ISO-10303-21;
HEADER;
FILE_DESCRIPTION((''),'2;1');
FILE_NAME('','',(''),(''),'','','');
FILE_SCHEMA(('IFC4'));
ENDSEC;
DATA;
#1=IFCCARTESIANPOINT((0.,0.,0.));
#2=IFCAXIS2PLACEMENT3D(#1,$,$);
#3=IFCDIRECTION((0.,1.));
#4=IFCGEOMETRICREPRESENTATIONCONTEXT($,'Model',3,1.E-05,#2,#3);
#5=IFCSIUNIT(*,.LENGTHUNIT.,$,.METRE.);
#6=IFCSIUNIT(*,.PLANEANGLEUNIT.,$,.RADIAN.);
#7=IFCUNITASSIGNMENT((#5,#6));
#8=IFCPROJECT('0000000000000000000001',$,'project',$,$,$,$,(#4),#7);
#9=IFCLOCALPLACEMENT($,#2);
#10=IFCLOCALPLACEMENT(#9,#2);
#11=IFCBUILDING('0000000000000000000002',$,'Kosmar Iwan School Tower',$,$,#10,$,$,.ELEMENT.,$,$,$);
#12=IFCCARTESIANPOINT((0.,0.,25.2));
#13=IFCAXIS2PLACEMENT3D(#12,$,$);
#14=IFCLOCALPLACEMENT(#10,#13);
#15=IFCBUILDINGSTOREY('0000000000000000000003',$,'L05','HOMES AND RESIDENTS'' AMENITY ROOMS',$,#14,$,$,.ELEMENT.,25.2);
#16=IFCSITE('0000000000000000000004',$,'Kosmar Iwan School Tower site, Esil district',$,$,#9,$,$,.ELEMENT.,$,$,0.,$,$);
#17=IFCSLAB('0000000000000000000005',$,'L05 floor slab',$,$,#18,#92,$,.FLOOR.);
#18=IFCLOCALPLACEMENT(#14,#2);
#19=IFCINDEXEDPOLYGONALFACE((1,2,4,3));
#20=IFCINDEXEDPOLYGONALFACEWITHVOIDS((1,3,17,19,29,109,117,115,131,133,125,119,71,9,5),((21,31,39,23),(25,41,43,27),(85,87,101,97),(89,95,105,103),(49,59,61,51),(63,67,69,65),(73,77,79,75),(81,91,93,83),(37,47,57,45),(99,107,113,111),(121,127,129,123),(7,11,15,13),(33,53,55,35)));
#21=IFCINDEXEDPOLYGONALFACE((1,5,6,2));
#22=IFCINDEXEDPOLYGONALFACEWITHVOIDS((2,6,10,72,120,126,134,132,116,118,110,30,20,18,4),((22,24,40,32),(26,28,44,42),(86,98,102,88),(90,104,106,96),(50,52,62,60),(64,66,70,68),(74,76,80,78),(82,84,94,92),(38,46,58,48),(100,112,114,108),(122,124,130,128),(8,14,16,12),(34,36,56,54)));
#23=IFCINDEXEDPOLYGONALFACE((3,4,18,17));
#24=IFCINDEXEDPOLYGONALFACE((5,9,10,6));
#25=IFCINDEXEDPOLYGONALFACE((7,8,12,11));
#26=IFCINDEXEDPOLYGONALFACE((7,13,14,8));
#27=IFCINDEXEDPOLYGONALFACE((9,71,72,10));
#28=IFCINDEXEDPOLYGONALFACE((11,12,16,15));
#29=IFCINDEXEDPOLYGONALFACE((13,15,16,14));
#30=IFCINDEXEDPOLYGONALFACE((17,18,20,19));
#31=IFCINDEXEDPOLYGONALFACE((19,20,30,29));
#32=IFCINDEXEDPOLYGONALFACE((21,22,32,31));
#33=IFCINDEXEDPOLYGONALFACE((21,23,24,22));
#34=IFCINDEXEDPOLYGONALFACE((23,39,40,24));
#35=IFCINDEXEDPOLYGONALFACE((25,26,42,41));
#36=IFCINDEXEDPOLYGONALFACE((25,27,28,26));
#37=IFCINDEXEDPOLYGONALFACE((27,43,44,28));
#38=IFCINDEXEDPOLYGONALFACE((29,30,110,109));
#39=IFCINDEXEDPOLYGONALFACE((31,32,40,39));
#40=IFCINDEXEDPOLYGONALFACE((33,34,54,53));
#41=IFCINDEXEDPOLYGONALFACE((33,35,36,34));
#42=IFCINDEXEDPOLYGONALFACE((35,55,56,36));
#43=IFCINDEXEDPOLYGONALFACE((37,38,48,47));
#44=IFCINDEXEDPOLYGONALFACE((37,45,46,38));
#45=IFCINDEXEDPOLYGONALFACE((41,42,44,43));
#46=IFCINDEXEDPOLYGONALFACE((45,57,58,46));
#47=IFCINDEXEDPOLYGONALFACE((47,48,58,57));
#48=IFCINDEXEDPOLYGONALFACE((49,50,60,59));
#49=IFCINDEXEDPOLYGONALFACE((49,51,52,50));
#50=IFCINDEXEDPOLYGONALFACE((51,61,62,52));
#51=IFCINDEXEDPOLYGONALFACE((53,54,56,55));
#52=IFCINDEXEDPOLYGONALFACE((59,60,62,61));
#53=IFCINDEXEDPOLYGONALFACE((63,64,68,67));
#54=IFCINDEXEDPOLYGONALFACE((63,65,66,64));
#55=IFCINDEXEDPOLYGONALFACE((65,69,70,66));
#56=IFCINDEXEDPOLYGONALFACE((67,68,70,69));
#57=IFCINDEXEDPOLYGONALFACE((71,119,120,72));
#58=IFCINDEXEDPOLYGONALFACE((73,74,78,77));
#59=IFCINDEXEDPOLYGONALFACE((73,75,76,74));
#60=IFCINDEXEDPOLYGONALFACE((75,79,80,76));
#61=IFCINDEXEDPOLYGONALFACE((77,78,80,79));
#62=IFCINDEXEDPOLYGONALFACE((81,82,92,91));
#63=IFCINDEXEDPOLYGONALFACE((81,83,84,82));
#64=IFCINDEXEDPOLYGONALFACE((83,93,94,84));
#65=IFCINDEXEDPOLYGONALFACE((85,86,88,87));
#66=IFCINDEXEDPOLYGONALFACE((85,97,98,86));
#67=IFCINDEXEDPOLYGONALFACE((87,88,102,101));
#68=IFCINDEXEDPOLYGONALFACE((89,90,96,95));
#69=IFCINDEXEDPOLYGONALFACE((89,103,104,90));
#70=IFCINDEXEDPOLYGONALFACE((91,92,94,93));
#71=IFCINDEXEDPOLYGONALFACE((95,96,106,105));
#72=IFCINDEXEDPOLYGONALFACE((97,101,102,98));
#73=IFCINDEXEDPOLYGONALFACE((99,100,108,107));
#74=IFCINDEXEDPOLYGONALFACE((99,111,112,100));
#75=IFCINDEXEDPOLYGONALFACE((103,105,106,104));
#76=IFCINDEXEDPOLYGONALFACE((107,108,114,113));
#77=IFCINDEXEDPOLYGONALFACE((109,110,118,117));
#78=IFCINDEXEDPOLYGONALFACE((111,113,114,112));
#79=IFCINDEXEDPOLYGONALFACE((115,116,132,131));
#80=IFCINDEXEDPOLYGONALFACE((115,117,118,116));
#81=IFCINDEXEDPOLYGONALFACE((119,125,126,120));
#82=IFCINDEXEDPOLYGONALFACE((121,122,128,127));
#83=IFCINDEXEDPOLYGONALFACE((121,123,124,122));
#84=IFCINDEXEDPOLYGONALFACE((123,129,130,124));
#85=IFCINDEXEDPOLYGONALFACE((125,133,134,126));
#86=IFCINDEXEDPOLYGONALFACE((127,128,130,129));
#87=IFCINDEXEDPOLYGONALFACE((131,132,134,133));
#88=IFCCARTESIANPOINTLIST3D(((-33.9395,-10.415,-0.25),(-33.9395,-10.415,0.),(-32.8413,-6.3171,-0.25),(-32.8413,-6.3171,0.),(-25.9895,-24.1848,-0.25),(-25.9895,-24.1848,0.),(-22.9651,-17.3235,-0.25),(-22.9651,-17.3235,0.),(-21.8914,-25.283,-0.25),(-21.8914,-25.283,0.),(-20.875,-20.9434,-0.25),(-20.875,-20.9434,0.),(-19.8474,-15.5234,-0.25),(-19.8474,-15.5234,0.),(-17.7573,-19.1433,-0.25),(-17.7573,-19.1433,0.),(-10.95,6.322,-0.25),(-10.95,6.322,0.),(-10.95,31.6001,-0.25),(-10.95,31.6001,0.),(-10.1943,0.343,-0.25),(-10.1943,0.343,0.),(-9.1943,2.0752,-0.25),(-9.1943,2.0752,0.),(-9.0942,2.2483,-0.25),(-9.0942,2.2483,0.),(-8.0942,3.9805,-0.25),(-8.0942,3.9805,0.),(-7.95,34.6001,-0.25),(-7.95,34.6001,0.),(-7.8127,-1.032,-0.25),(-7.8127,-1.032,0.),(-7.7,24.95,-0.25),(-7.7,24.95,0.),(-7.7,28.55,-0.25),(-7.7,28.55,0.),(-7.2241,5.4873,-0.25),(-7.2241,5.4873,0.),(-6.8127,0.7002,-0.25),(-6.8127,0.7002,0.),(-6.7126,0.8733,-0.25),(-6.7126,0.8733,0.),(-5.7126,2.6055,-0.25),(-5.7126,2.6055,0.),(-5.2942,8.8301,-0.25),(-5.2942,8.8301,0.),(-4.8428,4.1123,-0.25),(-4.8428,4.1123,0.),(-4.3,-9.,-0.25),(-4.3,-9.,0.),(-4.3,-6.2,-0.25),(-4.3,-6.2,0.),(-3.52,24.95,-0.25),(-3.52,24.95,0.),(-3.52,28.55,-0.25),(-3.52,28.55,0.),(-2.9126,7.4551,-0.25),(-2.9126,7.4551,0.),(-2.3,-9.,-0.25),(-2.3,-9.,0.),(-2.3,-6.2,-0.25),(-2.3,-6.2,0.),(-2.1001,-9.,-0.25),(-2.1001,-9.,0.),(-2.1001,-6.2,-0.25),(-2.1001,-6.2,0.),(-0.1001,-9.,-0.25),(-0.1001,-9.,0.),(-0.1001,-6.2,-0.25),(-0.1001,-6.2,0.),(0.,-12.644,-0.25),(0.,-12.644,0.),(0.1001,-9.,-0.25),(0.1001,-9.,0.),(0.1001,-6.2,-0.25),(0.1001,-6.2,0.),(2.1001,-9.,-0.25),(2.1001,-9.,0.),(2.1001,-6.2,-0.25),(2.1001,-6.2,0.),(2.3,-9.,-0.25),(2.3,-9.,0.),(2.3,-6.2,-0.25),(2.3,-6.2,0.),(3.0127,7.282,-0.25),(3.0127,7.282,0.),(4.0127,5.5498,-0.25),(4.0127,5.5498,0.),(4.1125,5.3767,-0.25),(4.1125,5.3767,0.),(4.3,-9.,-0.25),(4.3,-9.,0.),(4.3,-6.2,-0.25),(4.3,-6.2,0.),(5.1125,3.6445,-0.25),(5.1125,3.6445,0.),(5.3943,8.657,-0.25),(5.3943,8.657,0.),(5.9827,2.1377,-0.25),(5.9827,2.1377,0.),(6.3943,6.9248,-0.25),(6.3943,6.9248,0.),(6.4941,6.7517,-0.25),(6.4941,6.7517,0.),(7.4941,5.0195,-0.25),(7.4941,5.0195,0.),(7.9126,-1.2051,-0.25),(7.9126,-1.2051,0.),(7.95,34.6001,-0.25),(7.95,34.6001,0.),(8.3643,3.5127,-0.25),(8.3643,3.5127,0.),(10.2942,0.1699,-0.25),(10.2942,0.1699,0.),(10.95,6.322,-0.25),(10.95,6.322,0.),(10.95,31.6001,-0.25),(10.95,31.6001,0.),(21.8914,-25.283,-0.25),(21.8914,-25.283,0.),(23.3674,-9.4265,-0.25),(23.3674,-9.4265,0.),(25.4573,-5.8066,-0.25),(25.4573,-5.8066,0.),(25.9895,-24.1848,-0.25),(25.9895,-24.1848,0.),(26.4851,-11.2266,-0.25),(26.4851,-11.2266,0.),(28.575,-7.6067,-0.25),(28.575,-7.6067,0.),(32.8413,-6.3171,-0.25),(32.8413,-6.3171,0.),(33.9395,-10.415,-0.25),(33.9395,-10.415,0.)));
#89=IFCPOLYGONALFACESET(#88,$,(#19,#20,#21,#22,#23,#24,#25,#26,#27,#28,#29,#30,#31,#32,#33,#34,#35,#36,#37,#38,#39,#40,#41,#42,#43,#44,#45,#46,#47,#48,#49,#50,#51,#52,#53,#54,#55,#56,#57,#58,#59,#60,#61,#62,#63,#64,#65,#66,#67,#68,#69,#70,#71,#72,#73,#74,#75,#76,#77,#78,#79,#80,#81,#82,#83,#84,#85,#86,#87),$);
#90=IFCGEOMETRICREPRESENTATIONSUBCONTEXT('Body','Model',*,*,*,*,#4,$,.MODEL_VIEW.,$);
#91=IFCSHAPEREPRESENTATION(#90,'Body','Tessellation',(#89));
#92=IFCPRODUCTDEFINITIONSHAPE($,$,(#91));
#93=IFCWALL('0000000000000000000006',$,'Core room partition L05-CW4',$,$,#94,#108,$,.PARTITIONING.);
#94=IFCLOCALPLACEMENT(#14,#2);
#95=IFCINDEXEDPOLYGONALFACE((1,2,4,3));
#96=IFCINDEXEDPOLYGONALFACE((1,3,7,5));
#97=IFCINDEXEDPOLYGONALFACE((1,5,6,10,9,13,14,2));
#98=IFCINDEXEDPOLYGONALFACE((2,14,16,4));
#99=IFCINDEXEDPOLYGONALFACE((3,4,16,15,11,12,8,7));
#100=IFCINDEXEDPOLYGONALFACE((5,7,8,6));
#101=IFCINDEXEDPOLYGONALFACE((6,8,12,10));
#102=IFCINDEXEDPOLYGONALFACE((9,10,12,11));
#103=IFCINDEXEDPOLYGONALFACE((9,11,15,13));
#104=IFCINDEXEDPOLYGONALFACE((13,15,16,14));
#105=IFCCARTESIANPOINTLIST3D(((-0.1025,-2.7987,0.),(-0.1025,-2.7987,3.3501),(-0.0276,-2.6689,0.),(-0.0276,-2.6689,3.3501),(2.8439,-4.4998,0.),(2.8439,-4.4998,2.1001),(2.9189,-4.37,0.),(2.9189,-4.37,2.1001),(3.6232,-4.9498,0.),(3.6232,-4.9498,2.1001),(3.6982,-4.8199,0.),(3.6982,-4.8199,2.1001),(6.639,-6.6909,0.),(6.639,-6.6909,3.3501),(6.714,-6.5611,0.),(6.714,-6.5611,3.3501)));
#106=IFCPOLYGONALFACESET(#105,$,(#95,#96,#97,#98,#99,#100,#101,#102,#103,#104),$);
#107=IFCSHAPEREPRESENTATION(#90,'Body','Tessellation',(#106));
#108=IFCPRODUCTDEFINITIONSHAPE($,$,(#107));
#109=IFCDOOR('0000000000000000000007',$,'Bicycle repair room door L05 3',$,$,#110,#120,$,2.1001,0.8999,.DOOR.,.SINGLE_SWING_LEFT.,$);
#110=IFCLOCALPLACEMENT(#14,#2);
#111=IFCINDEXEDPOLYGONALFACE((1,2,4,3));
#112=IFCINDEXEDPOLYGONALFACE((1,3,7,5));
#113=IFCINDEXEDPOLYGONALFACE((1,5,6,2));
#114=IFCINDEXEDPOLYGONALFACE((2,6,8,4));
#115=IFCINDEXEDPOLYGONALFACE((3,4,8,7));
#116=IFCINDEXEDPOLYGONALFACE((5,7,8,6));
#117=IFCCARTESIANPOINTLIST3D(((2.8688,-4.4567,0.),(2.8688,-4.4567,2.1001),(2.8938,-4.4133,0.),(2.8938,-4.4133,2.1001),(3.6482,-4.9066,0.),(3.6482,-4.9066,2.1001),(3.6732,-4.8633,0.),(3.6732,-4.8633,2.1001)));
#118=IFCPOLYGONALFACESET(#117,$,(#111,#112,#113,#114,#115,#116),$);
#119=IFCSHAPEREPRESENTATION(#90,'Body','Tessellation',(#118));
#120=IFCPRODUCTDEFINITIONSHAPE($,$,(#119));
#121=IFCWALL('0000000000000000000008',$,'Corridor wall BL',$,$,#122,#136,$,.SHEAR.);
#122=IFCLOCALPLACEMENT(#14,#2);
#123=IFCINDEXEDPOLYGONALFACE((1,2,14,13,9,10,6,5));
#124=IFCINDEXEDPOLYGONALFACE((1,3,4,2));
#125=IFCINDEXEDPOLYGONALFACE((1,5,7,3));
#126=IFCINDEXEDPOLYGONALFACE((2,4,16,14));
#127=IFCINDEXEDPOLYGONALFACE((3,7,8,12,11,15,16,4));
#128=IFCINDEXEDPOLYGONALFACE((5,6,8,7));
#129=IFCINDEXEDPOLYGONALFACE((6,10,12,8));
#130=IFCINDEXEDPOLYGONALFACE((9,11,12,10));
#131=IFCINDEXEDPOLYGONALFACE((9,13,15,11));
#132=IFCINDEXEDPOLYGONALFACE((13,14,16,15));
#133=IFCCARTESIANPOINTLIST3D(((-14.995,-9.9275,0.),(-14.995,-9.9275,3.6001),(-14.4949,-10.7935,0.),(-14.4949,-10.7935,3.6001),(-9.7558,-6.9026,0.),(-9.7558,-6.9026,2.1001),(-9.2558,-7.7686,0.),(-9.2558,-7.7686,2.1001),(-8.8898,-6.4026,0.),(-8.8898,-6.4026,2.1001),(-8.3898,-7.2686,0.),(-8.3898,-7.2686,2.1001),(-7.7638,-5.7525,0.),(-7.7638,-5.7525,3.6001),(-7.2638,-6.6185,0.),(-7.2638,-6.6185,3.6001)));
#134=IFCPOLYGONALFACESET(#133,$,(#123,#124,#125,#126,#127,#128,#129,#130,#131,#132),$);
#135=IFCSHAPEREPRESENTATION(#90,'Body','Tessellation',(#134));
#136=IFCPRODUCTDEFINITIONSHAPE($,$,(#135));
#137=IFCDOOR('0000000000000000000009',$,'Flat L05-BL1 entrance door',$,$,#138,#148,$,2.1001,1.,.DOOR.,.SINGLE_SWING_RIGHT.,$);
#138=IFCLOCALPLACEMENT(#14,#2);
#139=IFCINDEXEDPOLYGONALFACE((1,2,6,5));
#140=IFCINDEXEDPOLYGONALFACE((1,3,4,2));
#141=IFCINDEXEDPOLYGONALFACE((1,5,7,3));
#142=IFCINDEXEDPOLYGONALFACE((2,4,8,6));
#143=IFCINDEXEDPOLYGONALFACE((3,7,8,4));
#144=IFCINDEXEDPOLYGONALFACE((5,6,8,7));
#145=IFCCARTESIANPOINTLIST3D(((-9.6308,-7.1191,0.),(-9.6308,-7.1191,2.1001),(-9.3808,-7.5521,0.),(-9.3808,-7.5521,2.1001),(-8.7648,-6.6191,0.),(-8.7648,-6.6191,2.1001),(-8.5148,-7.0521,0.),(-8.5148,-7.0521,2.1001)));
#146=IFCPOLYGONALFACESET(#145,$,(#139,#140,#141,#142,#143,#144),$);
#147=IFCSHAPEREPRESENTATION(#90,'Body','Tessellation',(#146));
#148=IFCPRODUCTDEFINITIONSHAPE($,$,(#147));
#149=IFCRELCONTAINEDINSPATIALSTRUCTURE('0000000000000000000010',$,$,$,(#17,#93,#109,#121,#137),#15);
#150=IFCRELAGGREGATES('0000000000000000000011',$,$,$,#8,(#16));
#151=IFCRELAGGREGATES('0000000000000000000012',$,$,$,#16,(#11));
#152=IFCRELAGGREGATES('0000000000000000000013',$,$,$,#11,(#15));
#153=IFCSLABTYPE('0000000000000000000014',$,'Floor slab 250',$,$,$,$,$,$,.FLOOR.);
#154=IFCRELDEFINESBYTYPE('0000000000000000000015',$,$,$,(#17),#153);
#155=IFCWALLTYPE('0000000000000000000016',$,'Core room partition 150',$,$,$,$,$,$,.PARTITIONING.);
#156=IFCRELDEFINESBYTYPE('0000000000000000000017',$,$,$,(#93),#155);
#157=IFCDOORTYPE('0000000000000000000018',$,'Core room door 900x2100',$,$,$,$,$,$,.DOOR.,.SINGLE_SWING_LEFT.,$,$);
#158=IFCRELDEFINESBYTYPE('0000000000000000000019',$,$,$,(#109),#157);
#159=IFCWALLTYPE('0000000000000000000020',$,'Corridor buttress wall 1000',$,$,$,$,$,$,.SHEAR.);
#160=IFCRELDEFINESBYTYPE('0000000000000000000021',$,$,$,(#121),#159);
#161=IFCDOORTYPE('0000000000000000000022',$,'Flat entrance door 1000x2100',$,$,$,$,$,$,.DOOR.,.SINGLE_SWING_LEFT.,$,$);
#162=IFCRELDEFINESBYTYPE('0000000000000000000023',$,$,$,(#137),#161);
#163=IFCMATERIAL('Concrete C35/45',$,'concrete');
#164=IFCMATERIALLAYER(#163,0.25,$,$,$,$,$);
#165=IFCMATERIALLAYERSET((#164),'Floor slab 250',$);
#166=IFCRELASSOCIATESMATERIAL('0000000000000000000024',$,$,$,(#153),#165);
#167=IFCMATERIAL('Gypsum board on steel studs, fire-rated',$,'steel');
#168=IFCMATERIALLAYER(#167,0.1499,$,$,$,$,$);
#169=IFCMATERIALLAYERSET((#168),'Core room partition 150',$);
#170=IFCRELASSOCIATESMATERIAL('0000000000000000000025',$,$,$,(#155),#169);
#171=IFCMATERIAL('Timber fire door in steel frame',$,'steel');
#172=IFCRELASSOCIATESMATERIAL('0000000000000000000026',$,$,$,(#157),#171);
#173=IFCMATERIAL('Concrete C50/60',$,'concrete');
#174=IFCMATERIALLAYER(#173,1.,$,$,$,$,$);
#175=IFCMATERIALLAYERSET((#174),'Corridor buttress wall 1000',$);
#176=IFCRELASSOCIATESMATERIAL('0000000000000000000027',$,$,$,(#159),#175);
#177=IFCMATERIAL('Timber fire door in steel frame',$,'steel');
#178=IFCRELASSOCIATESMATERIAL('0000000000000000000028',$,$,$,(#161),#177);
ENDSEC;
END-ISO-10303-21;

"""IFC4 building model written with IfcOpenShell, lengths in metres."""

from ifc_helpers import new_model, si_unit, direction, frame, frame_2d, origin, place, context, subcontext, project, spatial, polyline, rectangle, outline, extrude, material, layer, layer_set, type_object, element, fill, save


model = new_model("IFC4")

# Units and contexts
model_context = context("Model", 3, precision=1e-05, world=origin(), true_north=direction((0.0, 1.0)))
body_context = subcontext(model_context, "Body", "Model", "MODEL_VIEW")
ifc_project = project(units=[si_unit("LENGTHUNIT", "METRE"), si_unit("PLANEANGLEUNIT", "RADIAN")], contexts=[model_context])

# Site, building, storey
site_placement = place(None, origin())
site = spatial("IfcSite", under=ifc_project, at=site_placement, Name="Kosmar Iwan School Tower site, Esil district", CompositionType="ELEMENT", RefElevation=0.0)
building_placement = place(site_placement, origin())
building = spatial("IfcBuilding", under=site, at=building_placement, Name="Kosmar Iwan School Tower", CompositionType="ELEMENT")
storey_placement = place(building_placement, frame((0.0, 0.0, 25.2)))
storey = spatial("IfcBuildingStorey", under=building, at=storey_placement, Name="L05", Description="HOMES AND RESIDENTS' AMENITY ROOMS", CompositionType="ELEMENT", Elevation=25.2)

# Slab
ifc_material_1 = material(Name="Concrete C35/45", Category="concrete")
ifc_layer_1 = layer(ifc_material_1, 0.25)
ifc_layer_set_1 = layer_set([ifc_layer_1], Name="Floor slab 250")
slab_type = type_object("IfcSlabType", Name="Floor slab 250", PredefinedType="FLOOR", material=ifc_layer_set_1)
slab_placement = place(storey_placement, frame((0.0, 0.0, -0.25)))
element("IfcSlab", 1, at=slab_placement, inside=storey, type_object=slab_type, Name="L05 floor slab", PredefinedType="FLOOR", context=body_context, shape_type="SweptSolid", body=[
    extrude(outline(polyline([(-21.8914, -25.283), (0.0, -12.644), (21.8914, -25.283), (25.9895, -24.1848), (33.9395, -10.415), (32.8413, -6.3171), (10.95, 6.322), (10.95, 31.6001), (7.95, 34.6001), (-7.95, 34.6001), (-10.95, 31.6001), (-10.95, 6.322), (-32.8413, -6.3171), (-33.9395, -10.415), (-25.9895, -24.1848), (-21.8914, -25.283)]), holes=[polyline([(7.9126, -1.2051), (10.2942, 0.1699), (8.3643, 3.5127), (5.9827, 2.1377), (7.9126, -1.2051)]), polyline([(-2.9126, 7.4551), (-5.2942, 8.8301), (-7.2241, 5.4873), (-4.8428, 4.1123), (-2.9126, 7.4551)]), polyline([(-5.7126, 2.6055), (-8.0942, 3.9805), (-9.0942, 2.2483), (-6.7126, 0.8733), (-5.7126, 2.6055)]), polyline([(-6.8127, 0.7002), (-9.1943, 2.0752), (-10.1943, 0.343), (-7.8127, -1.032), (-6.8127, 0.7002)]), polyline([(5.1125, 3.6445), (7.4941, 5.0195), (6.4941, 6.7517), (4.1125, 5.3767), (5.1125, 3.6445)]), polyline([(4.0127, 5.5498), (6.3943, 6.9248), (5.3943, 8.657), (3.0127, 7.282), (4.0127, 5.5498)]), polyline([(-4.3, -6.2), (-4.3, -9.0), (-2.3, -9.0), (-2.3, -6.2), (-4.3, -6.2)]), polyline([(-2.1001, -6.2), (-2.1001, -9.0), (-0.1001, -9.0), (-0.1001, -6.2), (-2.1001, -6.2)]), polyline([(0.1001, -6.2), (0.1001, -9.0), (2.1001, -9.0), (2.1001, -6.2), (0.1001, -6.2)]), polyline([(2.3, -6.2), (2.3, -9.0), (4.3, -9.0), (4.3, -6.2), (2.3, -6.2)]), polyline([(-3.52, 24.95), (-3.52, 28.55), (-7.7, 28.55), (-7.7, 24.95), (-3.52, 24.95)]), polyline([(-19.8474, -15.5234), (-22.9651, -17.3235), (-20.875, -20.9434), (-17.7573, -19.1433), (-19.8474, -15.5234)]), polyline([(23.3674, -9.4265), (26.4851, -11.2266), (28.575, -7.6067), (25.4573, -5.8066), (23.3674, -9.4265)])]), origin(), (0.0, 0.0, 1.0), 0.25),
])

# Walls, openings, doors
ifc_material_2 = material(Name="Gypsum board on steel studs, fire-rated", Category="steel")
ifc_layer_2 = layer(ifc_material_2, 0.1499)
ifc_layer_set_2 = layer_set([ifc_layer_2], Name="Core room partition 150")
wall_type_1 = type_object("IfcWallType", Name="Core room partition 150", PredefinedType="PARTITIONING", material=ifc_layer_set_2)
wall_1_placement = place(storey_placement, frame((-0.0649, -2.7339, 0.0), z_axis=(0.0, 0.0, 1.0), x_axis=(0.86603, -0.499991, 0.0)))
wall_1 = element("IfcWall", 2, at=wall_1_placement, inside=storey, type_object=wall_type_1, Name="Core room partition L05-CW4", PredefinedType="PARTITIONING", context=body_context, shape_type="SweptSolid", body=[
    extrude(rectangle(XDim=7.7844, YDim=0.1499, at=frame_2d((3.8921, 0.0))), origin(), (0.0, 0.0, 1.0), 3.3501),
])
opening_1_placement = place(wall_1_placement, frame((3.4021, 0.0, 0.0)))
opening_1 = element("IfcOpeningElement", 3, at=opening_1_placement, cuts=wall_1, PredefinedType="OPENING", context=body_context, shape_type="SweptSolid", body=[
    extrude(rectangle(XDim=0.8999, YDim=2.1001, at=frame_2d((0.45, 1.05))), frame((0.0, 0.0869, 0.0), z_axis=(0.0, -1.0, 0.0), x_axis=(1.0, 0.0, 0.0)), (0.0, 0.0, 1.0), 0.1738),
])
ifc_material_3 = material(Name="Timber fire door in steel frame", Category="steel")
door_type_1 = type_object("IfcDoorType", Name="Core room door 900x2100", OperationType="SINGLE_SWING_LEFT", PredefinedType="DOOR", material=ifc_material_3)
door_1_placement = place(opening_1_placement, origin())
door_1 = element("IfcDoor", 4, at=door_1_placement, inside=storey, type_object=door_type_1, Name="Bicycle repair room door L05 3", OperationType="SINGLE_SWING_LEFT", OverallHeight=2.1001, OverallWidth=0.8999, PredefinedType="DOOR", context=body_context, shape_type="SweptSolid", body=[
    extrude(rectangle(XDim=0.8999, YDim=2.1001, at=frame_2d((0.45, 1.05))), frame((0.0, 0.0249, 0.0), z_axis=(0.0, -1.0, 0.0), x_axis=(1.0, 0.0, 0.0)), (0.0, 0.0, 1.0), 0.05),
])
fill(opening_1, door_1)
ifc_material_4 = material(Name="Concrete C50/60", Category="concrete")
ifc_layer_3 = layer(ifc_material_4, 1.0)
ifc_layer_set_3 = layer_set([ifc_layer_3], Name="Corridor buttress wall 1000")
wall_type_2 = type_object("IfcWallType", Name="Corridor buttress wall 1000", PredefinedType="SHEAR", material=ifc_layer_set_3)
wall_2_placement = place(storey_placement, frame((-7.5139, -6.1855, 0.0), z_axis=(0.0, 0.0, 1.0), x_axis=(-0.86602, -0.50001, 0.0)))
wall_2 = element("IfcWall", 5, at=wall_2_placement, inside=storey, type_object=wall_type_2, Name="Corridor wall BL", PredefinedType="SHEAR", context=body_context, shape_type="SweptSolid", body=[
    extrude(rectangle(XDim=8.3499, YDim=1.0, at=frame_2d((4.1748, 0.0))), origin(), (0.0, 0.0, 1.0), 3.6001),
])
opening_2_placement = place(wall_2_placement, frame((1.3, 0.0, 0.0)))
opening_2 = element("IfcOpeningElement", 6, at=opening_2_placement, cuts=wall_2, PredefinedType="OPENING", context=body_context, shape_type="SweptSolid", body=[
    extrude(rectangle(XDim=1.0, YDim=2.1001, at=frame_2d((0.5, 1.05))), frame((0.0, 0.512, 0.0), z_axis=(0.0, -1.0, 0.0), x_axis=(1.0, 0.0, 0.0)), (0.0, 0.0, 1.0), 1.0239),
])
ifc_material_5 = material(Name="Timber fire door in steel frame", Category="steel")
door_type_2 = type_object("IfcDoorType", Name="Flat entrance door 1000x2100", OperationType="SINGLE_SWING_LEFT", PredefinedType="DOOR", material=ifc_material_5)
door_2_placement = place(opening_2_placement, origin())
door_2 = element("IfcDoor", 7, at=door_2_placement, inside=storey, type_object=door_type_2, Name="Flat L05-BL1 entrance door", OperationType="SINGLE_SWING_RIGHT", OverallHeight=2.1001, OverallWidth=1.0, PredefinedType="DOOR", context=body_context, shape_type="SweptSolid", body=[
    extrude(rectangle(XDim=1.0, YDim=2.1001, at=frame_2d((0.5, 1.05))), frame((0.0, 0.25, 0.0), z_axis=(0.0, -1.0, 0.0), x_axis=(1.0, 0.0, 0.0)), (0.0, 0.0, 1.0), 0.5),
])
fill(opening_2, door_2)

save(model, "model.ifc")
